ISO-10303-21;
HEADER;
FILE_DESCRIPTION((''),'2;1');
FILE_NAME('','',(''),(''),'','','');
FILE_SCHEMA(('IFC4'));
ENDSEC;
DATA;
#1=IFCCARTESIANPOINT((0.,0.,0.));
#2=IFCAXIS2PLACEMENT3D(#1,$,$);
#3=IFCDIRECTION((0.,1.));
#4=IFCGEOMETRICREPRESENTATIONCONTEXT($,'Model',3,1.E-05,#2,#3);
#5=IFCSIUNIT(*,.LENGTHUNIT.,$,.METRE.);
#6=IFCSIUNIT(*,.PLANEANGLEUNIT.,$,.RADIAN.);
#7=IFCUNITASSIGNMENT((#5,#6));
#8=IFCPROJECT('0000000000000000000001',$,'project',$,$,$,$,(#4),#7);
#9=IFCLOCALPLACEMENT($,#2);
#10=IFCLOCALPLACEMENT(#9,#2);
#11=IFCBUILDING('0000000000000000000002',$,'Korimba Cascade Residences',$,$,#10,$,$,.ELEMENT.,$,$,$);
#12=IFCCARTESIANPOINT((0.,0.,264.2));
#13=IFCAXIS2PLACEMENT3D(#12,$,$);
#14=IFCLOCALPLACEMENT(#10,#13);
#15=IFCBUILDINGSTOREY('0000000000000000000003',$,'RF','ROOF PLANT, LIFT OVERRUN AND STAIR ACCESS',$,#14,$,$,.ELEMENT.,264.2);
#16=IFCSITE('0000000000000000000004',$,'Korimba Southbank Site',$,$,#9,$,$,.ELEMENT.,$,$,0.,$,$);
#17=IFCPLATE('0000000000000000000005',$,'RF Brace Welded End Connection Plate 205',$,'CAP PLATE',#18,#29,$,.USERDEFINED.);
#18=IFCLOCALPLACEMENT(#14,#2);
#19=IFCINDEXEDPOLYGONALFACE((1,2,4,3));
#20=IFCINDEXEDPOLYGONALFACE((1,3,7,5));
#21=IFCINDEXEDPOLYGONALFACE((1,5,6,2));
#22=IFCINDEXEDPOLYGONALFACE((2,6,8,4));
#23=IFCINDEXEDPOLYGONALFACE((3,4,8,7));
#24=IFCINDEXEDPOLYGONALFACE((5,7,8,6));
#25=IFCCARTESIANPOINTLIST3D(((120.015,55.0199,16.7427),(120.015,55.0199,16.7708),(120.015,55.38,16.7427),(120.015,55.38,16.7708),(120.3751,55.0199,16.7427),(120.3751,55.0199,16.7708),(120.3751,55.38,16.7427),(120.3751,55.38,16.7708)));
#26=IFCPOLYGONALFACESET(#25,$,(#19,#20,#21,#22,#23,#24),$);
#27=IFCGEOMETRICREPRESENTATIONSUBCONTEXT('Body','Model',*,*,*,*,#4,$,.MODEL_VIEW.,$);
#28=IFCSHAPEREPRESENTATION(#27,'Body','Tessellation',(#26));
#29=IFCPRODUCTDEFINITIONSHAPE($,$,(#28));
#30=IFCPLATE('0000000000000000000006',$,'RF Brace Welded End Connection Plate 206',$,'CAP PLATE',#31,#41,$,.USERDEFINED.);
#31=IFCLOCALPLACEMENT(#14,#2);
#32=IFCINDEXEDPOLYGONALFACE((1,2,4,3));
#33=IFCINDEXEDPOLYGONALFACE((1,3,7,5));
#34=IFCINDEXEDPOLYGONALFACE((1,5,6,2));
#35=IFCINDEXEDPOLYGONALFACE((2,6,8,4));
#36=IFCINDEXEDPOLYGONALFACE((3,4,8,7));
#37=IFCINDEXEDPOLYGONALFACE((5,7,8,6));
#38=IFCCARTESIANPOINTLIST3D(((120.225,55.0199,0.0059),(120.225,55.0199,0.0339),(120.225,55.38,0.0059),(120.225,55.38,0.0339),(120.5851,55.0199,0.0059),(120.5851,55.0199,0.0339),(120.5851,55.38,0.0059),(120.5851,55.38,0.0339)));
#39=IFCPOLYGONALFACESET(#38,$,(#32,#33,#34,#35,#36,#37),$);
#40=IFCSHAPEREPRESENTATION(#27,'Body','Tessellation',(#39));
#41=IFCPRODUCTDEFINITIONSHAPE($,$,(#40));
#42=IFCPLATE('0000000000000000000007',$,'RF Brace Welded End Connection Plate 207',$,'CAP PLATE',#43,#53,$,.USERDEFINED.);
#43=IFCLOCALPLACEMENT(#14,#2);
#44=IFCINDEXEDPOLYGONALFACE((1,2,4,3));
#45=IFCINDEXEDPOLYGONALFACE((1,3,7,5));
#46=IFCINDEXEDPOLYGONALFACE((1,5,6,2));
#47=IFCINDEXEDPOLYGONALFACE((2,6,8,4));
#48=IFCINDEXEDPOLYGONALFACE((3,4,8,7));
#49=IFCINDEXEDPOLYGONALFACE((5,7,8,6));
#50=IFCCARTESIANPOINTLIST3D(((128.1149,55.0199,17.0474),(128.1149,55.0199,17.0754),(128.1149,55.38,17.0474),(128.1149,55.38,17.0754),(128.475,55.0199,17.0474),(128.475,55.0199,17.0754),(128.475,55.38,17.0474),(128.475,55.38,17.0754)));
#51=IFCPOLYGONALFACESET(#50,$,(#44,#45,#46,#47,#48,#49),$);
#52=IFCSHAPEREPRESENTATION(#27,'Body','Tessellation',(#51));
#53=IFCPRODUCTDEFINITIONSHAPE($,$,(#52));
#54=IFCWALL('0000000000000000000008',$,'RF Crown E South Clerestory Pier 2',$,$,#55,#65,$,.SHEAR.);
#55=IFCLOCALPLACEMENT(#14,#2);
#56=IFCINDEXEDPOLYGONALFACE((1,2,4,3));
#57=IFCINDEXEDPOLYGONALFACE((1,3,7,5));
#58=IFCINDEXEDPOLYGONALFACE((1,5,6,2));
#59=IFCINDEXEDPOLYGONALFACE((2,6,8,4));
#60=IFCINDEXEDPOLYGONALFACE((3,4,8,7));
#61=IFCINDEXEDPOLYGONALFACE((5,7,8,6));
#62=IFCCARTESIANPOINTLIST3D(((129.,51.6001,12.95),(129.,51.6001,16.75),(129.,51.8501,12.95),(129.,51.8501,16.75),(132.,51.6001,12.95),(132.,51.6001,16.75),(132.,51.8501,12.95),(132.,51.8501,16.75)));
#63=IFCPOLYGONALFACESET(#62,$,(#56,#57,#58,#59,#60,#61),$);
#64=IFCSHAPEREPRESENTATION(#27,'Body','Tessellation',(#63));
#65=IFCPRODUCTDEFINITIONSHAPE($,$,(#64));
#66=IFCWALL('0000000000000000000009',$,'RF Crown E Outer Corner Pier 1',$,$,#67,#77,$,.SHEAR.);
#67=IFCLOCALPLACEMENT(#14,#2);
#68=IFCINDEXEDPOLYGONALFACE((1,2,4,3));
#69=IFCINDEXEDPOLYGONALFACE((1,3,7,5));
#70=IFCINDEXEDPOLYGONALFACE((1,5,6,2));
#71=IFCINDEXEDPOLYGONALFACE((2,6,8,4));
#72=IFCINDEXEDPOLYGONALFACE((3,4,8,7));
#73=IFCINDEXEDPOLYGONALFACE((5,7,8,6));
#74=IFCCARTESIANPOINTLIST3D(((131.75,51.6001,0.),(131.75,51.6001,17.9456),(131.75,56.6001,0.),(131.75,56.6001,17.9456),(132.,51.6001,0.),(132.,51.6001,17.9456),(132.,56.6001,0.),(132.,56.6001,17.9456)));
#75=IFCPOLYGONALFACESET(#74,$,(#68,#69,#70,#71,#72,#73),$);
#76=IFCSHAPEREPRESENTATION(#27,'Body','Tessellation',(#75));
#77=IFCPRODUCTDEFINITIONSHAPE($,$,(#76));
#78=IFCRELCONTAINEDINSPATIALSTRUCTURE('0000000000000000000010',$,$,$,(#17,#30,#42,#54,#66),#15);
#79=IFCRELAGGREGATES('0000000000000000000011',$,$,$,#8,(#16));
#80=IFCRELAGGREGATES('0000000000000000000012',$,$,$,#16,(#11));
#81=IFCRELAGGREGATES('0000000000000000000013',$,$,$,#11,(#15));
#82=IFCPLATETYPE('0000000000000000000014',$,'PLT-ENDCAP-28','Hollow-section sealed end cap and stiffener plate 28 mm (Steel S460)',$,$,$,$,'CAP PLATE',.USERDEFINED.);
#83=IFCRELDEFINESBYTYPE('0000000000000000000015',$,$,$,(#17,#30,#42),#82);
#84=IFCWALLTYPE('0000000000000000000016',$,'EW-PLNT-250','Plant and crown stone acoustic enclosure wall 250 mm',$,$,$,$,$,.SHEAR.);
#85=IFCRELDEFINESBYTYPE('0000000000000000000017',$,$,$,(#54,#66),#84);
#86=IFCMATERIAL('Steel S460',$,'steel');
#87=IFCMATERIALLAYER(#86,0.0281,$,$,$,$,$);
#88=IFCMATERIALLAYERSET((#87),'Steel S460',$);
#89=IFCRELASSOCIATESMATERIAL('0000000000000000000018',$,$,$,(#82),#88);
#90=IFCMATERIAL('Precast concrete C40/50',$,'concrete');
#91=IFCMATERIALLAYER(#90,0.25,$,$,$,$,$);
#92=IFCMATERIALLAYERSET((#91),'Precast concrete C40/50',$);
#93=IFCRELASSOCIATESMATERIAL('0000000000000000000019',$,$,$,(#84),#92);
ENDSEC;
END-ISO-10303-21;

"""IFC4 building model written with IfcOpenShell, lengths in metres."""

from ifc_helpers import new_model, si_unit, direction, frame, frame_2d, origin, origin_2d, place, context, subcontext, project, spatial, rectangle, extrude, material, layer, layer_set, type_object, element, save


model = new_model("IFC4")

# Units and contexts
model_context = context("Model", 3, precision=1e-05, world=origin(), true_north=direction((0.0, 1.0)))
body_context = subcontext(model_context, "Body", "Model", "MODEL_VIEW")
ifc_project = project(units=[si_unit("LENGTHUNIT", "METRE"), si_unit("PLANEANGLEUNIT", "RADIAN")], contexts=[model_context])

# Site, building, storey
site_placement = place(None, origin())
site = spatial("IfcSite", under=ifc_project, at=site_placement, Name="Korimba Southbank Site", CompositionType="ELEMENT", RefElevation=0.0)
building_placement = place(site_placement, origin())
building = spatial("IfcBuilding", under=site, at=building_placement, Name="Korimba Cascade Residences", CompositionType="ELEMENT")
storey_placement = place(building_placement, frame((0.0, 0.0, 264.2)))
storey = spatial("IfcBuildingStorey", under=building, at=storey_placement, Name="RF", Description="ROOF PLANT, LIFT OVERRUN AND STAIR ACCESS", CompositionType="ELEMENT", Elevation=264.2)

# Plates
ifc_material_1 = material(Name="Steel S460", Category="steel")
ifc_layer_1 = layer(ifc_material_1, 0.0281)
ifc_layer_set_1 = layer_set([ifc_layer_1], Name="Steel S460")
plate_type_1 = type_object("IfcPlateType", Name="PLT-ENDCAP-28", Description="Hollow-section sealed end cap and stiffener plate 28 mm (Steel S460)", ElementType="CAP PLATE", PredefinedType="USERDEFINED", material=ifc_layer_set_1)
for number, where, z_axis, x_axis, name in (
    (1, (120.1951, 55.2, 16.7427), (0.0, 0.0, 1.0), (1.0, 0.0, 0.0), "RF Brace Welded End Connection Plate 205"),
    (2, (120.405, 55.2, 0.0059), (0.0, 0.0, 1.0), (1.0, 0.0, 0.0), "RF Brace Welded End Connection Plate 206"),
    (3, (128.2949, 55.2, 17.0474), (0.0, 0.0, 1.0), (1.0, 0.0, 0.0), "RF Brace Welded End Connection Plate 207"),
):
    element("IfcPlate", number, at=place(storey_placement, frame(where, z_axis=z_axis, x_axis=x_axis)), inside=storey, type_object=plate_type_1, Name=name, ObjectType="CAP PLATE", PredefinedType="USERDEFINED", context=body_context, shape_type="SweptSolid", body=[
        extrude(rectangle(XDim=0.3601, YDim=0.3601, at=origin_2d()), origin(), (0.0, 0.0, 1.0), 0.0281),
    ])

# Walls
ifc_material_2 = material(Name="Precast concrete C40/50", Category="concrete")
ifc_layer_2 = layer(ifc_material_2, 0.25)
ifc_layer_set_2 = layer_set([ifc_layer_2], Name="Precast concrete C40/50")
wall_type = type_object("IfcWallType", Name="EW-PLNT-250", Description="Plant and crown stone acoustic enclosure wall 250 mm", PredefinedType="SHEAR", material=ifc_layer_set_2)
wall_1_placement = place(storey_placement, frame((129.0, 51.7251, 12.95), z_axis=(0.0, 0.0, 1.0), x_axis=(1.0, 0.0, 0.0)))
element("IfcWall", 4, at=wall_1_placement, inside=storey, type_object=wall_type, Name="RF Crown E South Clerestory Pier 2", PredefinedType="SHEAR", context=body_context, shape_type="SweptSolid", body=[
    extrude(rectangle(XDim=3.0, YDim=0.25, at=frame_2d((1.5, 0.0))), origin(), (0.0, 0.0, 1.0), 3.8),
])
wall_2_placement = place(storey_placement, frame((131.875, 51.6001, 0.0), z_axis=(0.0, 0.0, 1.0), x_axis=(0.0, 1.0, 0.0)))
element("IfcWall", 5, at=wall_2_placement, inside=storey, type_object=wall_type, Name="RF Crown E Outer Corner Pier 1", PredefinedType="SHEAR", context=body_context, shape_type="SweptSolid", body=[
    extrude(rectangle(XDim=5.0, YDim=0.25, at=frame_2d((2.5, 0.0))), origin(), (0.0, 0.0, 1.0), 17.9456),
])

save(model, "model.ifc")
